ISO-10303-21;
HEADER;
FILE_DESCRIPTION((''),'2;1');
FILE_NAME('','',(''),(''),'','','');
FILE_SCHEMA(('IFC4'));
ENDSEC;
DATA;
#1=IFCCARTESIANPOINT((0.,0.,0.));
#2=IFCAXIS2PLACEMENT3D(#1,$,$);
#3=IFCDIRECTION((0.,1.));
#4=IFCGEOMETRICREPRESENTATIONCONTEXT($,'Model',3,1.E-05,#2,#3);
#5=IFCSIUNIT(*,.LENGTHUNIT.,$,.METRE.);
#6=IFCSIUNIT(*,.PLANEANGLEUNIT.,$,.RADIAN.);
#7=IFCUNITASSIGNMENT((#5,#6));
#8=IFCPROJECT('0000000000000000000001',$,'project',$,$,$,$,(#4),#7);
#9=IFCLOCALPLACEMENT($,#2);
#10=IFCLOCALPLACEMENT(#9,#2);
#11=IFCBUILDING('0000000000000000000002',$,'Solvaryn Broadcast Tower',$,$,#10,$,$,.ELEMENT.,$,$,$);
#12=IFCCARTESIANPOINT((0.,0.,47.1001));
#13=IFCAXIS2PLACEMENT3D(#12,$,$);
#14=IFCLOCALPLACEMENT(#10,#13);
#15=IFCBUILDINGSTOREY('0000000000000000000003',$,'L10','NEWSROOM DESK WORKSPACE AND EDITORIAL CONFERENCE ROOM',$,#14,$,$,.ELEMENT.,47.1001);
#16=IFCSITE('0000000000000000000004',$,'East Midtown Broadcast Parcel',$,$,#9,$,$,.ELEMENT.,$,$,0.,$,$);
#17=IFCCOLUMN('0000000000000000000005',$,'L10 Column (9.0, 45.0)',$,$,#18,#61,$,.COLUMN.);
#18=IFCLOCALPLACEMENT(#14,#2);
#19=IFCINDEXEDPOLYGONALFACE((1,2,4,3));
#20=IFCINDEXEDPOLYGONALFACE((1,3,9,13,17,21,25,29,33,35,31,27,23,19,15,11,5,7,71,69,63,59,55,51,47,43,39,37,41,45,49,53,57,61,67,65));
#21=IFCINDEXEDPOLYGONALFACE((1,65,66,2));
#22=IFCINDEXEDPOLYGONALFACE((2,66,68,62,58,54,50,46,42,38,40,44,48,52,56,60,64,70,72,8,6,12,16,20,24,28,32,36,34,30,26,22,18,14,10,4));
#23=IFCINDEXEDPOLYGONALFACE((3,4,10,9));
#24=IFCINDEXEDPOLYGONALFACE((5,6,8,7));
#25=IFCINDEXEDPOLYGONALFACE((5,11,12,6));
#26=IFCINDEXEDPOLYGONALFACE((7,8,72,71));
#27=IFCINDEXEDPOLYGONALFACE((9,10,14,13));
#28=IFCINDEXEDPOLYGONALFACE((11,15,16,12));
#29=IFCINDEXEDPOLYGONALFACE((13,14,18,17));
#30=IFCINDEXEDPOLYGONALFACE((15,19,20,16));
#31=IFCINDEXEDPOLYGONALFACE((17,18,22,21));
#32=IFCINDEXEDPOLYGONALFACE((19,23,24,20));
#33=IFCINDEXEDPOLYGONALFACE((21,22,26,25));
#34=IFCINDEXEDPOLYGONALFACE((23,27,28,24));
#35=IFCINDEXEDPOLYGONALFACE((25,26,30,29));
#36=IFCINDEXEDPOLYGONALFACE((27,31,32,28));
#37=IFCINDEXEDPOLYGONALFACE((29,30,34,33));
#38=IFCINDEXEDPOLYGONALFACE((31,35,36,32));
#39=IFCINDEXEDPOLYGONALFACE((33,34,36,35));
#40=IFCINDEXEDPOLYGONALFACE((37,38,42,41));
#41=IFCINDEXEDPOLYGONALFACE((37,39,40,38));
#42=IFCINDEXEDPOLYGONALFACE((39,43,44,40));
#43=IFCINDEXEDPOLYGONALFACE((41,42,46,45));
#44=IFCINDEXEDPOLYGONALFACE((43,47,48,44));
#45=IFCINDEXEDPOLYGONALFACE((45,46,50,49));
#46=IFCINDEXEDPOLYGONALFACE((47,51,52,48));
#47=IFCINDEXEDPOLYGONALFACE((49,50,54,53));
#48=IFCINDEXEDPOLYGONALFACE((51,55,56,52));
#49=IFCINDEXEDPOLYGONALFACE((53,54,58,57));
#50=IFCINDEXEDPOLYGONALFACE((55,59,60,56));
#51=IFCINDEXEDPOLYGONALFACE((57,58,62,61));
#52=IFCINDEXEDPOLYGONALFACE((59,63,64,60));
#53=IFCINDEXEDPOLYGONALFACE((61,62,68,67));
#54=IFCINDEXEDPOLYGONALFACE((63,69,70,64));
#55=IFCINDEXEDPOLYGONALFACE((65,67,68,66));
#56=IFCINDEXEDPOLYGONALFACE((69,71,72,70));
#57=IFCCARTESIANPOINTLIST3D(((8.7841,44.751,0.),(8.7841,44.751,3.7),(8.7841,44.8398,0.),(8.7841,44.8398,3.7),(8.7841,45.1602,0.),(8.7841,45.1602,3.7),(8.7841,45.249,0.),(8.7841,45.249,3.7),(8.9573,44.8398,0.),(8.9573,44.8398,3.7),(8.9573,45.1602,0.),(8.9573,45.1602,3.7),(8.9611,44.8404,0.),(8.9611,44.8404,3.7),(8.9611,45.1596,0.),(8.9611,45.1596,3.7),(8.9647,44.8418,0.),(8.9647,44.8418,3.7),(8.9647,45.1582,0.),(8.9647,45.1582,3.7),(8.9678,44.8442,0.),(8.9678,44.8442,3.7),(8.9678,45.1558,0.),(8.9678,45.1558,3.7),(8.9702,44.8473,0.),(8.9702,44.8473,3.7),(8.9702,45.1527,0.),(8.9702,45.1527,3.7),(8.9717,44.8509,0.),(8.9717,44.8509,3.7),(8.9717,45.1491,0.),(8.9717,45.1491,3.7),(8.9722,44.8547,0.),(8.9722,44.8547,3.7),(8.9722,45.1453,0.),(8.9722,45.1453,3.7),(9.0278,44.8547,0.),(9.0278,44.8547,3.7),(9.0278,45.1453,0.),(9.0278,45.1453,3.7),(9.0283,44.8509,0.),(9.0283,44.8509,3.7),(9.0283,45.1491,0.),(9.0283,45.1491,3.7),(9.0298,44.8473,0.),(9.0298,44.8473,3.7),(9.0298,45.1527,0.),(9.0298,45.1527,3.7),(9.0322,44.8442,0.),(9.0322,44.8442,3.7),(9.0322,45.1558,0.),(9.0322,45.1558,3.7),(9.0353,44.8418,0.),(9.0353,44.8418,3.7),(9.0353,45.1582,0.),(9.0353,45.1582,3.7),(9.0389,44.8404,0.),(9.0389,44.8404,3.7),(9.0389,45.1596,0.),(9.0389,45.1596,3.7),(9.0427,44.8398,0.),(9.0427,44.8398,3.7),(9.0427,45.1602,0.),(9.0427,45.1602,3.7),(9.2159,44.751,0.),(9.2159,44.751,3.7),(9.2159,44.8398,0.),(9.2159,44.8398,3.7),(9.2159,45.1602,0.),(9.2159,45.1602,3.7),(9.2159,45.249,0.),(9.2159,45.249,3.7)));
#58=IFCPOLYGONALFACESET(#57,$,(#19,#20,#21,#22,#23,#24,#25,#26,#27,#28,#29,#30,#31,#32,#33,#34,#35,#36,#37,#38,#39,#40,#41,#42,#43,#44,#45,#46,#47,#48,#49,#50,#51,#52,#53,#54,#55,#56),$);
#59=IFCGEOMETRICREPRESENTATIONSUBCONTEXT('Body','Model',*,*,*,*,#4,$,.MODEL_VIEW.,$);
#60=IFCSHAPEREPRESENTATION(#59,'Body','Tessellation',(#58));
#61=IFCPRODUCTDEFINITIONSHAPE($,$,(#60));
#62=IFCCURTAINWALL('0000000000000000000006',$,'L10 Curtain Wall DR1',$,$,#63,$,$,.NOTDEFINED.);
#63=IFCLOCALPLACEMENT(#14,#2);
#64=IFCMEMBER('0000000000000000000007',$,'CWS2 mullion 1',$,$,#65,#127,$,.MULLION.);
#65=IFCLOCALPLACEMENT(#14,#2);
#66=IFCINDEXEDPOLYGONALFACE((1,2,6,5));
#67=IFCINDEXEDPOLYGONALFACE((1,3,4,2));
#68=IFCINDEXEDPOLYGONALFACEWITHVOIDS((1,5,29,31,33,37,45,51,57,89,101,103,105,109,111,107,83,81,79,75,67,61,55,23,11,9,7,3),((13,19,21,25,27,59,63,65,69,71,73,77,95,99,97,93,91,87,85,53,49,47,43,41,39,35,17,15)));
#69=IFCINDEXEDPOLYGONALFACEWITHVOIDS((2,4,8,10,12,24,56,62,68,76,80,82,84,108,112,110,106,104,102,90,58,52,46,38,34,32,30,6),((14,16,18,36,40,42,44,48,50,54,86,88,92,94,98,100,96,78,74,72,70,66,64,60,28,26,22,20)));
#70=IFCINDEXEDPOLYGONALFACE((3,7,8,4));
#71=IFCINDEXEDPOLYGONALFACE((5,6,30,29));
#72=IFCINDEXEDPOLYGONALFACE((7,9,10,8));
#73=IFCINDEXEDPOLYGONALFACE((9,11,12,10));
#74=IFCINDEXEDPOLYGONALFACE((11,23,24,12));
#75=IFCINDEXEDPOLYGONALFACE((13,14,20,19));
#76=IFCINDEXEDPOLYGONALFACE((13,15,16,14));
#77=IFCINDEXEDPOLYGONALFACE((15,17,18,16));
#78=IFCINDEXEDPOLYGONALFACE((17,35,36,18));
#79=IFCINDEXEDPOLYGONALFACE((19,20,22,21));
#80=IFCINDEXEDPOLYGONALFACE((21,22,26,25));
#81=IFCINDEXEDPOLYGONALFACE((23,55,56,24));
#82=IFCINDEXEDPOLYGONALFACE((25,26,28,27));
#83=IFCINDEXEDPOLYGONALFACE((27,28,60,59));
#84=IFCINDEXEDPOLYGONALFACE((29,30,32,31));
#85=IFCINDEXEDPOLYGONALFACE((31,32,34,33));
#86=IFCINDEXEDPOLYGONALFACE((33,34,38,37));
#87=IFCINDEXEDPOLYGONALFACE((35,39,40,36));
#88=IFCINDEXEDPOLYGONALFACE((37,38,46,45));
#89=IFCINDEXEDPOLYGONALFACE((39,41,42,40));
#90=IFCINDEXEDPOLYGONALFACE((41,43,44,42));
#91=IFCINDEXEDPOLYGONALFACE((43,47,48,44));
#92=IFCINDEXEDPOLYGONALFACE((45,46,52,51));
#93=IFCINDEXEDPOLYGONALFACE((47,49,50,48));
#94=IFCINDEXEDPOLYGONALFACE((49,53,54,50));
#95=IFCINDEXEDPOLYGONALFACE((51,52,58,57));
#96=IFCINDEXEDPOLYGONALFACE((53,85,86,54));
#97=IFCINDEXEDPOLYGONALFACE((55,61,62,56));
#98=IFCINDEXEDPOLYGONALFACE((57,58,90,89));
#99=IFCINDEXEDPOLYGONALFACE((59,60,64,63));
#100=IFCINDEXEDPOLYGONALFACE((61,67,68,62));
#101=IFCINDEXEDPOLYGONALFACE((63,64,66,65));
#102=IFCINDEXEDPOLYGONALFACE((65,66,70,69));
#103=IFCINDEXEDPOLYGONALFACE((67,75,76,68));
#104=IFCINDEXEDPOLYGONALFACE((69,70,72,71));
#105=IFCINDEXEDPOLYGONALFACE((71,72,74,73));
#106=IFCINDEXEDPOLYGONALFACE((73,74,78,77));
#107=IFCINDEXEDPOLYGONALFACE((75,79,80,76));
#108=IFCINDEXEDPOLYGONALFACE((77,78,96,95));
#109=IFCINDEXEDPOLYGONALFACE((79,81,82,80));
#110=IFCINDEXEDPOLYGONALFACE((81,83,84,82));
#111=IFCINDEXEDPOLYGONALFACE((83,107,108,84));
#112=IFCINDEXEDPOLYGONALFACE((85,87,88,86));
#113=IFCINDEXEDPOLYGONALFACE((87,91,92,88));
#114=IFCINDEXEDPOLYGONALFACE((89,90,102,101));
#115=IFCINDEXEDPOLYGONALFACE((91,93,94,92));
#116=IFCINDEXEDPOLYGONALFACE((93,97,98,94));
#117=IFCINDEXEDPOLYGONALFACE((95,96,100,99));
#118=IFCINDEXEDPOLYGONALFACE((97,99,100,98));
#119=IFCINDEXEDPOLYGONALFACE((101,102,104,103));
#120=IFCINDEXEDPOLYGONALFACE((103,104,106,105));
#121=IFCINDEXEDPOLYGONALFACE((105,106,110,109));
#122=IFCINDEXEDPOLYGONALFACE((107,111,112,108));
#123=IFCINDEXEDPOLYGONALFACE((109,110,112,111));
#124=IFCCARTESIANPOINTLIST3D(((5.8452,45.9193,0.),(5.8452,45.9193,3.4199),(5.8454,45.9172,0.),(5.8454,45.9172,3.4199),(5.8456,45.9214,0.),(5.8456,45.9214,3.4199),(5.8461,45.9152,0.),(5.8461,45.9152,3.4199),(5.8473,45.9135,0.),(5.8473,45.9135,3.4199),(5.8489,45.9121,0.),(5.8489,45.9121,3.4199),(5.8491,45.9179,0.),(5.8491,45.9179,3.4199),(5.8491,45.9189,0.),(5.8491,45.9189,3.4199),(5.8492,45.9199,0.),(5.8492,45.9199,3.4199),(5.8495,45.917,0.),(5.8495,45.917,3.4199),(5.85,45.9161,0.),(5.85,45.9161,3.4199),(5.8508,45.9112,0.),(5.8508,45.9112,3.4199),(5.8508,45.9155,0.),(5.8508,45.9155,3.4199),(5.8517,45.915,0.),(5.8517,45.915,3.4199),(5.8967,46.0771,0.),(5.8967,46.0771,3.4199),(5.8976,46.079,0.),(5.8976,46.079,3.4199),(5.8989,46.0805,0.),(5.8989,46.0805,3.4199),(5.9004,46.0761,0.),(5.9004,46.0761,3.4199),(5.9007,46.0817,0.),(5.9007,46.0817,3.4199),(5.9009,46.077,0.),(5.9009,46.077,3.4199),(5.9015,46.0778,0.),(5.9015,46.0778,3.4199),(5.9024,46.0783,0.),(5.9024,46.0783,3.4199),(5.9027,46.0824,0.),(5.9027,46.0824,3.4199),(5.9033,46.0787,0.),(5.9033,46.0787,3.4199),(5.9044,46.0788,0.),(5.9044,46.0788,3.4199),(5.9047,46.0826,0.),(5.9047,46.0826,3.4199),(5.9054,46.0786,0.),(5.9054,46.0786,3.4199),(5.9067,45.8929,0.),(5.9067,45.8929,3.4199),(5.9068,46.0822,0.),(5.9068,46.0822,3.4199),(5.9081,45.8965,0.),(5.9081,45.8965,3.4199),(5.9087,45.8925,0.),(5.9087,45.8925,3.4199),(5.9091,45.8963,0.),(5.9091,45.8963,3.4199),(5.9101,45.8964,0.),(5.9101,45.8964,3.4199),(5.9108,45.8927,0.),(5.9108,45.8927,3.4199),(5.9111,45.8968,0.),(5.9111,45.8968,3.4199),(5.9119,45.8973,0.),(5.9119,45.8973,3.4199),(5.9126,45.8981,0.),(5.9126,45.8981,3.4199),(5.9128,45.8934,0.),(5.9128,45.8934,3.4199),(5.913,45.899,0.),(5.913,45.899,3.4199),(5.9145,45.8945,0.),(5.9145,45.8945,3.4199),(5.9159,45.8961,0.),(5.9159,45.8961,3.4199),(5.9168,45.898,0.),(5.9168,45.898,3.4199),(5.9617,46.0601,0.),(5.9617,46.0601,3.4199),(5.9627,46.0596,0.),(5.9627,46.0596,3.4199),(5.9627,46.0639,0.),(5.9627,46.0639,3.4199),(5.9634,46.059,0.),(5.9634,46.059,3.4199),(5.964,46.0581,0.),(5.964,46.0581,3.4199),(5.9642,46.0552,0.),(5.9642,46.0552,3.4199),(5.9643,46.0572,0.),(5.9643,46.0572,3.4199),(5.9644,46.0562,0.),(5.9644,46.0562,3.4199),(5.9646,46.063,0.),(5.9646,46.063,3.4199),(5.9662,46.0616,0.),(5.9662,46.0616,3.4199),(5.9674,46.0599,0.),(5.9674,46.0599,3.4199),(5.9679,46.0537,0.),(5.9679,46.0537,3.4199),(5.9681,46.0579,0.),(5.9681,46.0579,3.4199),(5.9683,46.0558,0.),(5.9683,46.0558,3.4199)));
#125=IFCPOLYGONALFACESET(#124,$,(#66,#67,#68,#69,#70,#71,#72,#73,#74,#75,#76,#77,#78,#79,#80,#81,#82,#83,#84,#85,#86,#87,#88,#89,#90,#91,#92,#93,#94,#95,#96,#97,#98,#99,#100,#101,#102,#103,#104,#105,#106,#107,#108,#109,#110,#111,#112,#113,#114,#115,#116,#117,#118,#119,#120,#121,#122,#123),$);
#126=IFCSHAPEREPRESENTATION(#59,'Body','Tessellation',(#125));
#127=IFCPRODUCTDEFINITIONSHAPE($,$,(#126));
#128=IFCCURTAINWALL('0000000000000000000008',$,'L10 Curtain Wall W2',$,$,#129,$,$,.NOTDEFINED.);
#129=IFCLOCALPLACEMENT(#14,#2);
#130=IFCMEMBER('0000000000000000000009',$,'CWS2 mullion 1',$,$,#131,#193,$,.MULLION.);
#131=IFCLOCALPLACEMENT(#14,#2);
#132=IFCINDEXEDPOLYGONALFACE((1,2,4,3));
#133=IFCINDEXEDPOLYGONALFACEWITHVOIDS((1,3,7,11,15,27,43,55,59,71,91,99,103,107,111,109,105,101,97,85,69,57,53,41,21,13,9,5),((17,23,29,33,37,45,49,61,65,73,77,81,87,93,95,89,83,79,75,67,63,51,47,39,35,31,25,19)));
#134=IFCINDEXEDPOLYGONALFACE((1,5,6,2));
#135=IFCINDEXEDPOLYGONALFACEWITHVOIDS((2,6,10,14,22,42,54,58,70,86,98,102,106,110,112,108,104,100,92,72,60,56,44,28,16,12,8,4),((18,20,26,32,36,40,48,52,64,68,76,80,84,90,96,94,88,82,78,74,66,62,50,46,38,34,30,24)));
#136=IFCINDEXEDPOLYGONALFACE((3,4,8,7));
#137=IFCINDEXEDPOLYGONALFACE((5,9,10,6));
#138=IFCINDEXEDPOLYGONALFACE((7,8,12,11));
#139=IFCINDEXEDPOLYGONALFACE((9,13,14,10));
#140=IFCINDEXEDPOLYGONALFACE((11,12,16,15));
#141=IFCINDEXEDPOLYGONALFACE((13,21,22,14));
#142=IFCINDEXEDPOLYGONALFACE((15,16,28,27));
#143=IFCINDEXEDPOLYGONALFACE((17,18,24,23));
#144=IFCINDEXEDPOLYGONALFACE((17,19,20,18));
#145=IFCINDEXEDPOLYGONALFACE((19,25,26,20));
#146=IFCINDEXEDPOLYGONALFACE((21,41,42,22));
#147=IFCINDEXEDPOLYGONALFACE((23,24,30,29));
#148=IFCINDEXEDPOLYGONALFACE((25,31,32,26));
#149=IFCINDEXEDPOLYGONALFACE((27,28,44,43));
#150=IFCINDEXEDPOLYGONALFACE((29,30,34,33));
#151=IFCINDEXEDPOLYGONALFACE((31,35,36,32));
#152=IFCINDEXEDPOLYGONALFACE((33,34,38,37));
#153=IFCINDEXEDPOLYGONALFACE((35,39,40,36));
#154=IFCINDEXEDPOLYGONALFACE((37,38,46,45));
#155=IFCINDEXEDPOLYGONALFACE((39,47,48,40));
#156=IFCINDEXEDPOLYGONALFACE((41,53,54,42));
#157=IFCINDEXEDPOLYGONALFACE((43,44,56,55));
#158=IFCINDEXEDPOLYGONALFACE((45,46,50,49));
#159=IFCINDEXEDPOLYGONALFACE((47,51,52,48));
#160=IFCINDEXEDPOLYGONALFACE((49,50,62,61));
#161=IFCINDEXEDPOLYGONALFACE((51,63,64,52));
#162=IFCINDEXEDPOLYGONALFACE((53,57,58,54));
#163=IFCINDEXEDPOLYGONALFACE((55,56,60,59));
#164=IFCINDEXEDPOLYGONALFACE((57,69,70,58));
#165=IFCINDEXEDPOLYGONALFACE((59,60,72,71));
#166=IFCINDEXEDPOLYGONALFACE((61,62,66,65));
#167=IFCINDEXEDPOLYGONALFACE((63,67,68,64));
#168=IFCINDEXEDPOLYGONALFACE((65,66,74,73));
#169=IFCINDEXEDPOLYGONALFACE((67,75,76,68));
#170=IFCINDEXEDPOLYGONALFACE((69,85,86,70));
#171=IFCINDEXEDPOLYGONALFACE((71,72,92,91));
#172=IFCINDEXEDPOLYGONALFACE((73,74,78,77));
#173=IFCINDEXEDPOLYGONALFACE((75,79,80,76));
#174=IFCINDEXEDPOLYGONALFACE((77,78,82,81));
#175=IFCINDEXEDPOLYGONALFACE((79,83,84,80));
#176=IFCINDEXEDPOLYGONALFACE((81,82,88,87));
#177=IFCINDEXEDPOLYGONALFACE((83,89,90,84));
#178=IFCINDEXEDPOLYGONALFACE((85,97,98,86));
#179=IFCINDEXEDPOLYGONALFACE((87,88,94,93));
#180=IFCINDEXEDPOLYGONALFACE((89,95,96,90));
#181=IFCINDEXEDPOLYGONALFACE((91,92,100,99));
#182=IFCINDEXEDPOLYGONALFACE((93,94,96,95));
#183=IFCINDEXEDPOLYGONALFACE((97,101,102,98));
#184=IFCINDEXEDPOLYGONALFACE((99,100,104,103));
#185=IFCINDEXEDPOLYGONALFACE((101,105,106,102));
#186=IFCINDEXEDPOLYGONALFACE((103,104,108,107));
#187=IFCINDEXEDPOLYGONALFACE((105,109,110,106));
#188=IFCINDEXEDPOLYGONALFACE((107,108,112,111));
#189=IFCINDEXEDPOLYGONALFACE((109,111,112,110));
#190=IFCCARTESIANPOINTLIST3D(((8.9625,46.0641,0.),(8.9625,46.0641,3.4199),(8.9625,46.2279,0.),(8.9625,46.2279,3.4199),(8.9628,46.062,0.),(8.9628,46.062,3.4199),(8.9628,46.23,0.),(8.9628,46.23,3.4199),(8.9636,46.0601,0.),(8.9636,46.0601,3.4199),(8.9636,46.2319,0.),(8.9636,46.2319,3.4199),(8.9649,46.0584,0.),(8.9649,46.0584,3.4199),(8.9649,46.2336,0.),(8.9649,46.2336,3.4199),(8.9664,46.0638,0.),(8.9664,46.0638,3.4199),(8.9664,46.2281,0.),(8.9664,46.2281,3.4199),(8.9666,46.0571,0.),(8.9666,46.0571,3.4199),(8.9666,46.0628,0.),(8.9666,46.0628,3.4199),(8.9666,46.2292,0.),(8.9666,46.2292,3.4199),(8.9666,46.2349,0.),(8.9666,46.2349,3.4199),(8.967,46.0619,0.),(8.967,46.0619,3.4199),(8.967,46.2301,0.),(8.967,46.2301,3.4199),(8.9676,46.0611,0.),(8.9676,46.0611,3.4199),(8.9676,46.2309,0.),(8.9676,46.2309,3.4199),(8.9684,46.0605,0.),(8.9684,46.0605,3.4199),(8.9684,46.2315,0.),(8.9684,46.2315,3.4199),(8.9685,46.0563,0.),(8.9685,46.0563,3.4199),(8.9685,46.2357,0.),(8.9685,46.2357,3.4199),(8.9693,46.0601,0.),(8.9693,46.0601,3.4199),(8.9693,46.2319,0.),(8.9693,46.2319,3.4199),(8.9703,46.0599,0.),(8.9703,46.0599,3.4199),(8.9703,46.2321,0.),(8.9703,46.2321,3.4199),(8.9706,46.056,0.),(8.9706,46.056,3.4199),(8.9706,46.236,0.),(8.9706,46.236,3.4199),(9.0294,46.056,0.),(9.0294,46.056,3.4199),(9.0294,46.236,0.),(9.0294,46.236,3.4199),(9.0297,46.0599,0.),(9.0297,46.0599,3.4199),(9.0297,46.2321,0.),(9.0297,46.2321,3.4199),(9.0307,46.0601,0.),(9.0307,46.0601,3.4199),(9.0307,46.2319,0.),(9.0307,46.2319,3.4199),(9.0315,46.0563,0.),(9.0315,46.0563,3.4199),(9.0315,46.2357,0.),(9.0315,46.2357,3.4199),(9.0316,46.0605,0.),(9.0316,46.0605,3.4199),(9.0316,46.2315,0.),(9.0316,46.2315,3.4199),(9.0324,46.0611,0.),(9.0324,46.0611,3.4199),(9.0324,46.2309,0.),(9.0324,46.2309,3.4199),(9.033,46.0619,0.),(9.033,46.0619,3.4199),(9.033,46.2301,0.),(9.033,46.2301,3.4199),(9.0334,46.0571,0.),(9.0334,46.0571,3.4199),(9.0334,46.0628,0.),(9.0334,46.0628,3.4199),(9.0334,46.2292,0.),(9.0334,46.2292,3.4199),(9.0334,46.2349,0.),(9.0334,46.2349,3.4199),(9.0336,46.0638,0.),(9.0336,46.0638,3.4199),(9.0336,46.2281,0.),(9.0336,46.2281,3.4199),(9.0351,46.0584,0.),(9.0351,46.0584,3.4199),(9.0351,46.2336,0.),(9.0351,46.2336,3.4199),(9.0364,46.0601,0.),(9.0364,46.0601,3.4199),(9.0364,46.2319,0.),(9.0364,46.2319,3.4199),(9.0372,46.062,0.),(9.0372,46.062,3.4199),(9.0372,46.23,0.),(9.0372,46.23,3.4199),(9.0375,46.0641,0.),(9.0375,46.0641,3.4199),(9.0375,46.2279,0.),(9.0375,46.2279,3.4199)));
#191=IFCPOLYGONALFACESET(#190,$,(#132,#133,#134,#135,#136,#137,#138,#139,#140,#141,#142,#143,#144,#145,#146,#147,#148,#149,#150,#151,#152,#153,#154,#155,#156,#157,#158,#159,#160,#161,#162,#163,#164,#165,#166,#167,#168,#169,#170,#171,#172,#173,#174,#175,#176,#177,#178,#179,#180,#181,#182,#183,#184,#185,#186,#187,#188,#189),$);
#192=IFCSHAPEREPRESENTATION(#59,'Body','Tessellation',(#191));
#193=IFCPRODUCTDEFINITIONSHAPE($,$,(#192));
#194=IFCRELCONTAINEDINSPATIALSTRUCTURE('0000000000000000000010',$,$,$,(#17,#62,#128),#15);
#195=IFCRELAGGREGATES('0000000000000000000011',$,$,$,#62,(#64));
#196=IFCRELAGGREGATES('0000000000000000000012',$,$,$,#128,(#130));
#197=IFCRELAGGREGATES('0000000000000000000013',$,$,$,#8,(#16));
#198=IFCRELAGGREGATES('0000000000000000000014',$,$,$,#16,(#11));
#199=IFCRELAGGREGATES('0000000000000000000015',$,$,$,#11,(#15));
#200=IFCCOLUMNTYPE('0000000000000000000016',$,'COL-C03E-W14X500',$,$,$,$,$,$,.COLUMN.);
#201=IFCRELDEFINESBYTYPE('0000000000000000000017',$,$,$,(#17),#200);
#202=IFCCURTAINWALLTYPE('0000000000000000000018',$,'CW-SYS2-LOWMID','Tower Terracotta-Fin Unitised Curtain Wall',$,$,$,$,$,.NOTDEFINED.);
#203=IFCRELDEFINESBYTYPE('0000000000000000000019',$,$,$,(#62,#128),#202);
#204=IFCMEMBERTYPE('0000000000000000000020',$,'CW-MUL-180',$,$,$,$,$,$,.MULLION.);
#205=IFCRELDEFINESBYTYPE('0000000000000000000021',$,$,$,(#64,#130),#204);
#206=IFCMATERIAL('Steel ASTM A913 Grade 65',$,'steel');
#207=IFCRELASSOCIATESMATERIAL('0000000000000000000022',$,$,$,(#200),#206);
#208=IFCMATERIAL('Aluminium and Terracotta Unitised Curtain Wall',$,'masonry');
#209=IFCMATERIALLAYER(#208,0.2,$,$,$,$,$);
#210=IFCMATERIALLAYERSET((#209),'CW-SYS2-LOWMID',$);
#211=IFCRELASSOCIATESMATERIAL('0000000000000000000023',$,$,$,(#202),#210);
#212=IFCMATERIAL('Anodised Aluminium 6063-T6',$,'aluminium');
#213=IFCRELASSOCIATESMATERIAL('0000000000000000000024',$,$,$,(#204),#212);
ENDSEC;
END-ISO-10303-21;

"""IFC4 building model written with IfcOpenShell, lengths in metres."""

from ifc_helpers import new_model, si_unit, direction, frame, origin, origin_2d, place, context, subcontext, project, spatial, hollow_rectangle, i_section, extrude, material, layer, layer_set, material_profile, profile_set, type_object, element, aggregate, save


model = new_model("IFC4")

# Units and contexts
model_context = context("Model", 3, precision=1e-05, world=origin(), true_north=direction((0.0, 1.0)))
body_context = subcontext(model_context, "Body", "Model", "MODEL_VIEW")
ifc_project = project(units=[si_unit("LENGTHUNIT", "METRE"), si_unit("PLANEANGLEUNIT", "RADIAN")], contexts=[model_context])

# Site, building, storey
site_placement = place(None, origin())
site = spatial("IfcSite", under=ifc_project, at=site_placement, Name="East Midtown Broadcast Parcel", CompositionType="ELEMENT", RefElevation=0.0)
building_placement = place(site_placement, origin())
building = spatial("IfcBuilding", under=site, at=building_placement, Name="Solvaryn Broadcast Tower", CompositionType="ELEMENT")
storey_placement = place(building_placement, frame((0.0, 0.0, 47.1001)))
storey = spatial("IfcBuildingStorey", under=building, at=storey_placement, Name="L10", Description="NEWSROOM DESK WORKSPACE AND EDITORIAL CONFERENCE ROOM", CompositionType="ELEMENT", Elevation=47.1001)

# Column
ifc_material_1 = material(Name="Steel ASTM A913 Grade 65", Category="steel")
ifc_material_profile_1 = material_profile(ifc_material_1, i_section(OverallWidth=0.4319, OverallDepth=0.498, WebThickness=0.0557, FlangeThickness=0.0889, FilletRadius=0.0149, at=origin_2d()))
ifc_profile_set_1 = profile_set([ifc_material_profile_1], Name="Steel ASTM A913 Grade 65")
column_type = type_object("IfcColumnType", Name="COL-C03E-W14X500", PredefinedType="COLUMN", material=ifc_profile_set_1)
column_placement = place(storey_placement, frame((9.0, 45.0, 0.0), z_axis=(0.0, 0.0, 1.0), x_axis=(1.0, 0.0, 0.0)))
element("IfcColumn", 1, at=column_placement, inside=storey, type_object=column_type, Name="L10 Column (9.0, 45.0)", PredefinedType="COLUMN", context=body_context, shape_type="SweptSolid", body=[
    extrude(i_section(OverallWidth=0.4319, OverallDepth=0.498, WebThickness=0.0557, FlangeThickness=0.0889, FilletRadius=0.0149, at=origin_2d()), origin(), (0.0, 0.0, 1.0), 3.7),
])

# Curtain wall, member
ifc_material_2 = material(Name="Aluminium and Terracotta Unitised Curtain Wall", Category="masonry")
ifc_layer_1 = layer(ifc_material_2, 0.2)
ifc_layer_set_1 = layer_set([ifc_layer_1], Name="CW-SYS2-LOWMID")
curtain_wall_type = type_object("IfcCurtainWallType", Name="CW-SYS2-LOWMID", Description="Tower Terracotta-Fin Unitised Curtain Wall", PredefinedType="NOTDEFINED", material=ifc_layer_set_1)
curtain_wall_1_placement = place(storey_placement, origin())
curtain_wall_1 = element("IfcCurtainWall", 2, at=curtain_wall_1_placement, inside=storey, type_object=curtain_wall_type, Name="L10 Curtain Wall DR1", PredefinedType="NOTDEFINED")
ifc_material_3 = material(Name="Anodised Aluminium 6063-T6", Category="aluminium")
ifc_material_profile_2 = material_profile(ifc_material_3, hollow_rectangle(XDim=0.075, YDim=0.1799, WallThickness=0.0039, InnerFilletRadius=0.0039, OuterFilletRadius=0.0081, at=origin_2d()))
ifc_profile_set_2 = profile_set([ifc_material_profile_2], Name="Anodised Aluminium 6063-T6")
member_type_1 = type_object("IfcMemberType", Name="CW-MUL-180", PredefinedType="MULLION", material=ifc_profile_set_2)
member_1_placement = place(storey_placement, frame((5.9067, 45.9875, 0.0), z_axis=(0.0, 0.0, 1.0), x_axis=(0.950215, -0.311594, 0.0)))
member_1 = element("IfcMember", 3, at=member_1_placement, type_object=member_type_1, Name="CWS2 mullion 1", PredefinedType="MULLION", context=body_context, shape_type="SweptSolid", body=[
    extrude(hollow_rectangle(XDim=0.075, YDim=0.1799, WallThickness=0.0039, InnerFilletRadius=0.0039, OuterFilletRadius=0.0081, at=origin_2d()), origin(), (0.0, 0.0, 1.0), 3.4199),
])

# Curtain wall, member
curtain_wall_2_placement = place(storey_placement, origin())
curtain_wall_2 = element("IfcCurtainWall", 4, at=curtain_wall_2_placement, inside=storey, type_object=curtain_wall_type, Name="L10 Curtain Wall W2", PredefinedType="NOTDEFINED")
member_2_placement = place(storey_placement, frame((9.0, 46.146, 0.0), z_axis=(0.0, 0.0, 1.0), x_axis=(-1.0, 0.0, 0.0)))
member_2 = element("IfcMember", 5, at=member_2_placement, type_object=member_type_1, Name="CWS2 mullion 1", PredefinedType="MULLION", context=body_context, shape_type="SweptSolid", body=[
    extrude(hollow_rectangle(XDim=0.075, YDim=0.1799, WallThickness=0.0039, InnerFilletRadius=0.0039, OuterFilletRadius=0.0081, at=origin_2d()), origin(), (0.0, 0.0, 1.0), 3.4199),
])

aggregate(curtain_wall_1, [member_1])

aggregate(curtain_wall_2, [member_2])

save(model, "model.ifc")
